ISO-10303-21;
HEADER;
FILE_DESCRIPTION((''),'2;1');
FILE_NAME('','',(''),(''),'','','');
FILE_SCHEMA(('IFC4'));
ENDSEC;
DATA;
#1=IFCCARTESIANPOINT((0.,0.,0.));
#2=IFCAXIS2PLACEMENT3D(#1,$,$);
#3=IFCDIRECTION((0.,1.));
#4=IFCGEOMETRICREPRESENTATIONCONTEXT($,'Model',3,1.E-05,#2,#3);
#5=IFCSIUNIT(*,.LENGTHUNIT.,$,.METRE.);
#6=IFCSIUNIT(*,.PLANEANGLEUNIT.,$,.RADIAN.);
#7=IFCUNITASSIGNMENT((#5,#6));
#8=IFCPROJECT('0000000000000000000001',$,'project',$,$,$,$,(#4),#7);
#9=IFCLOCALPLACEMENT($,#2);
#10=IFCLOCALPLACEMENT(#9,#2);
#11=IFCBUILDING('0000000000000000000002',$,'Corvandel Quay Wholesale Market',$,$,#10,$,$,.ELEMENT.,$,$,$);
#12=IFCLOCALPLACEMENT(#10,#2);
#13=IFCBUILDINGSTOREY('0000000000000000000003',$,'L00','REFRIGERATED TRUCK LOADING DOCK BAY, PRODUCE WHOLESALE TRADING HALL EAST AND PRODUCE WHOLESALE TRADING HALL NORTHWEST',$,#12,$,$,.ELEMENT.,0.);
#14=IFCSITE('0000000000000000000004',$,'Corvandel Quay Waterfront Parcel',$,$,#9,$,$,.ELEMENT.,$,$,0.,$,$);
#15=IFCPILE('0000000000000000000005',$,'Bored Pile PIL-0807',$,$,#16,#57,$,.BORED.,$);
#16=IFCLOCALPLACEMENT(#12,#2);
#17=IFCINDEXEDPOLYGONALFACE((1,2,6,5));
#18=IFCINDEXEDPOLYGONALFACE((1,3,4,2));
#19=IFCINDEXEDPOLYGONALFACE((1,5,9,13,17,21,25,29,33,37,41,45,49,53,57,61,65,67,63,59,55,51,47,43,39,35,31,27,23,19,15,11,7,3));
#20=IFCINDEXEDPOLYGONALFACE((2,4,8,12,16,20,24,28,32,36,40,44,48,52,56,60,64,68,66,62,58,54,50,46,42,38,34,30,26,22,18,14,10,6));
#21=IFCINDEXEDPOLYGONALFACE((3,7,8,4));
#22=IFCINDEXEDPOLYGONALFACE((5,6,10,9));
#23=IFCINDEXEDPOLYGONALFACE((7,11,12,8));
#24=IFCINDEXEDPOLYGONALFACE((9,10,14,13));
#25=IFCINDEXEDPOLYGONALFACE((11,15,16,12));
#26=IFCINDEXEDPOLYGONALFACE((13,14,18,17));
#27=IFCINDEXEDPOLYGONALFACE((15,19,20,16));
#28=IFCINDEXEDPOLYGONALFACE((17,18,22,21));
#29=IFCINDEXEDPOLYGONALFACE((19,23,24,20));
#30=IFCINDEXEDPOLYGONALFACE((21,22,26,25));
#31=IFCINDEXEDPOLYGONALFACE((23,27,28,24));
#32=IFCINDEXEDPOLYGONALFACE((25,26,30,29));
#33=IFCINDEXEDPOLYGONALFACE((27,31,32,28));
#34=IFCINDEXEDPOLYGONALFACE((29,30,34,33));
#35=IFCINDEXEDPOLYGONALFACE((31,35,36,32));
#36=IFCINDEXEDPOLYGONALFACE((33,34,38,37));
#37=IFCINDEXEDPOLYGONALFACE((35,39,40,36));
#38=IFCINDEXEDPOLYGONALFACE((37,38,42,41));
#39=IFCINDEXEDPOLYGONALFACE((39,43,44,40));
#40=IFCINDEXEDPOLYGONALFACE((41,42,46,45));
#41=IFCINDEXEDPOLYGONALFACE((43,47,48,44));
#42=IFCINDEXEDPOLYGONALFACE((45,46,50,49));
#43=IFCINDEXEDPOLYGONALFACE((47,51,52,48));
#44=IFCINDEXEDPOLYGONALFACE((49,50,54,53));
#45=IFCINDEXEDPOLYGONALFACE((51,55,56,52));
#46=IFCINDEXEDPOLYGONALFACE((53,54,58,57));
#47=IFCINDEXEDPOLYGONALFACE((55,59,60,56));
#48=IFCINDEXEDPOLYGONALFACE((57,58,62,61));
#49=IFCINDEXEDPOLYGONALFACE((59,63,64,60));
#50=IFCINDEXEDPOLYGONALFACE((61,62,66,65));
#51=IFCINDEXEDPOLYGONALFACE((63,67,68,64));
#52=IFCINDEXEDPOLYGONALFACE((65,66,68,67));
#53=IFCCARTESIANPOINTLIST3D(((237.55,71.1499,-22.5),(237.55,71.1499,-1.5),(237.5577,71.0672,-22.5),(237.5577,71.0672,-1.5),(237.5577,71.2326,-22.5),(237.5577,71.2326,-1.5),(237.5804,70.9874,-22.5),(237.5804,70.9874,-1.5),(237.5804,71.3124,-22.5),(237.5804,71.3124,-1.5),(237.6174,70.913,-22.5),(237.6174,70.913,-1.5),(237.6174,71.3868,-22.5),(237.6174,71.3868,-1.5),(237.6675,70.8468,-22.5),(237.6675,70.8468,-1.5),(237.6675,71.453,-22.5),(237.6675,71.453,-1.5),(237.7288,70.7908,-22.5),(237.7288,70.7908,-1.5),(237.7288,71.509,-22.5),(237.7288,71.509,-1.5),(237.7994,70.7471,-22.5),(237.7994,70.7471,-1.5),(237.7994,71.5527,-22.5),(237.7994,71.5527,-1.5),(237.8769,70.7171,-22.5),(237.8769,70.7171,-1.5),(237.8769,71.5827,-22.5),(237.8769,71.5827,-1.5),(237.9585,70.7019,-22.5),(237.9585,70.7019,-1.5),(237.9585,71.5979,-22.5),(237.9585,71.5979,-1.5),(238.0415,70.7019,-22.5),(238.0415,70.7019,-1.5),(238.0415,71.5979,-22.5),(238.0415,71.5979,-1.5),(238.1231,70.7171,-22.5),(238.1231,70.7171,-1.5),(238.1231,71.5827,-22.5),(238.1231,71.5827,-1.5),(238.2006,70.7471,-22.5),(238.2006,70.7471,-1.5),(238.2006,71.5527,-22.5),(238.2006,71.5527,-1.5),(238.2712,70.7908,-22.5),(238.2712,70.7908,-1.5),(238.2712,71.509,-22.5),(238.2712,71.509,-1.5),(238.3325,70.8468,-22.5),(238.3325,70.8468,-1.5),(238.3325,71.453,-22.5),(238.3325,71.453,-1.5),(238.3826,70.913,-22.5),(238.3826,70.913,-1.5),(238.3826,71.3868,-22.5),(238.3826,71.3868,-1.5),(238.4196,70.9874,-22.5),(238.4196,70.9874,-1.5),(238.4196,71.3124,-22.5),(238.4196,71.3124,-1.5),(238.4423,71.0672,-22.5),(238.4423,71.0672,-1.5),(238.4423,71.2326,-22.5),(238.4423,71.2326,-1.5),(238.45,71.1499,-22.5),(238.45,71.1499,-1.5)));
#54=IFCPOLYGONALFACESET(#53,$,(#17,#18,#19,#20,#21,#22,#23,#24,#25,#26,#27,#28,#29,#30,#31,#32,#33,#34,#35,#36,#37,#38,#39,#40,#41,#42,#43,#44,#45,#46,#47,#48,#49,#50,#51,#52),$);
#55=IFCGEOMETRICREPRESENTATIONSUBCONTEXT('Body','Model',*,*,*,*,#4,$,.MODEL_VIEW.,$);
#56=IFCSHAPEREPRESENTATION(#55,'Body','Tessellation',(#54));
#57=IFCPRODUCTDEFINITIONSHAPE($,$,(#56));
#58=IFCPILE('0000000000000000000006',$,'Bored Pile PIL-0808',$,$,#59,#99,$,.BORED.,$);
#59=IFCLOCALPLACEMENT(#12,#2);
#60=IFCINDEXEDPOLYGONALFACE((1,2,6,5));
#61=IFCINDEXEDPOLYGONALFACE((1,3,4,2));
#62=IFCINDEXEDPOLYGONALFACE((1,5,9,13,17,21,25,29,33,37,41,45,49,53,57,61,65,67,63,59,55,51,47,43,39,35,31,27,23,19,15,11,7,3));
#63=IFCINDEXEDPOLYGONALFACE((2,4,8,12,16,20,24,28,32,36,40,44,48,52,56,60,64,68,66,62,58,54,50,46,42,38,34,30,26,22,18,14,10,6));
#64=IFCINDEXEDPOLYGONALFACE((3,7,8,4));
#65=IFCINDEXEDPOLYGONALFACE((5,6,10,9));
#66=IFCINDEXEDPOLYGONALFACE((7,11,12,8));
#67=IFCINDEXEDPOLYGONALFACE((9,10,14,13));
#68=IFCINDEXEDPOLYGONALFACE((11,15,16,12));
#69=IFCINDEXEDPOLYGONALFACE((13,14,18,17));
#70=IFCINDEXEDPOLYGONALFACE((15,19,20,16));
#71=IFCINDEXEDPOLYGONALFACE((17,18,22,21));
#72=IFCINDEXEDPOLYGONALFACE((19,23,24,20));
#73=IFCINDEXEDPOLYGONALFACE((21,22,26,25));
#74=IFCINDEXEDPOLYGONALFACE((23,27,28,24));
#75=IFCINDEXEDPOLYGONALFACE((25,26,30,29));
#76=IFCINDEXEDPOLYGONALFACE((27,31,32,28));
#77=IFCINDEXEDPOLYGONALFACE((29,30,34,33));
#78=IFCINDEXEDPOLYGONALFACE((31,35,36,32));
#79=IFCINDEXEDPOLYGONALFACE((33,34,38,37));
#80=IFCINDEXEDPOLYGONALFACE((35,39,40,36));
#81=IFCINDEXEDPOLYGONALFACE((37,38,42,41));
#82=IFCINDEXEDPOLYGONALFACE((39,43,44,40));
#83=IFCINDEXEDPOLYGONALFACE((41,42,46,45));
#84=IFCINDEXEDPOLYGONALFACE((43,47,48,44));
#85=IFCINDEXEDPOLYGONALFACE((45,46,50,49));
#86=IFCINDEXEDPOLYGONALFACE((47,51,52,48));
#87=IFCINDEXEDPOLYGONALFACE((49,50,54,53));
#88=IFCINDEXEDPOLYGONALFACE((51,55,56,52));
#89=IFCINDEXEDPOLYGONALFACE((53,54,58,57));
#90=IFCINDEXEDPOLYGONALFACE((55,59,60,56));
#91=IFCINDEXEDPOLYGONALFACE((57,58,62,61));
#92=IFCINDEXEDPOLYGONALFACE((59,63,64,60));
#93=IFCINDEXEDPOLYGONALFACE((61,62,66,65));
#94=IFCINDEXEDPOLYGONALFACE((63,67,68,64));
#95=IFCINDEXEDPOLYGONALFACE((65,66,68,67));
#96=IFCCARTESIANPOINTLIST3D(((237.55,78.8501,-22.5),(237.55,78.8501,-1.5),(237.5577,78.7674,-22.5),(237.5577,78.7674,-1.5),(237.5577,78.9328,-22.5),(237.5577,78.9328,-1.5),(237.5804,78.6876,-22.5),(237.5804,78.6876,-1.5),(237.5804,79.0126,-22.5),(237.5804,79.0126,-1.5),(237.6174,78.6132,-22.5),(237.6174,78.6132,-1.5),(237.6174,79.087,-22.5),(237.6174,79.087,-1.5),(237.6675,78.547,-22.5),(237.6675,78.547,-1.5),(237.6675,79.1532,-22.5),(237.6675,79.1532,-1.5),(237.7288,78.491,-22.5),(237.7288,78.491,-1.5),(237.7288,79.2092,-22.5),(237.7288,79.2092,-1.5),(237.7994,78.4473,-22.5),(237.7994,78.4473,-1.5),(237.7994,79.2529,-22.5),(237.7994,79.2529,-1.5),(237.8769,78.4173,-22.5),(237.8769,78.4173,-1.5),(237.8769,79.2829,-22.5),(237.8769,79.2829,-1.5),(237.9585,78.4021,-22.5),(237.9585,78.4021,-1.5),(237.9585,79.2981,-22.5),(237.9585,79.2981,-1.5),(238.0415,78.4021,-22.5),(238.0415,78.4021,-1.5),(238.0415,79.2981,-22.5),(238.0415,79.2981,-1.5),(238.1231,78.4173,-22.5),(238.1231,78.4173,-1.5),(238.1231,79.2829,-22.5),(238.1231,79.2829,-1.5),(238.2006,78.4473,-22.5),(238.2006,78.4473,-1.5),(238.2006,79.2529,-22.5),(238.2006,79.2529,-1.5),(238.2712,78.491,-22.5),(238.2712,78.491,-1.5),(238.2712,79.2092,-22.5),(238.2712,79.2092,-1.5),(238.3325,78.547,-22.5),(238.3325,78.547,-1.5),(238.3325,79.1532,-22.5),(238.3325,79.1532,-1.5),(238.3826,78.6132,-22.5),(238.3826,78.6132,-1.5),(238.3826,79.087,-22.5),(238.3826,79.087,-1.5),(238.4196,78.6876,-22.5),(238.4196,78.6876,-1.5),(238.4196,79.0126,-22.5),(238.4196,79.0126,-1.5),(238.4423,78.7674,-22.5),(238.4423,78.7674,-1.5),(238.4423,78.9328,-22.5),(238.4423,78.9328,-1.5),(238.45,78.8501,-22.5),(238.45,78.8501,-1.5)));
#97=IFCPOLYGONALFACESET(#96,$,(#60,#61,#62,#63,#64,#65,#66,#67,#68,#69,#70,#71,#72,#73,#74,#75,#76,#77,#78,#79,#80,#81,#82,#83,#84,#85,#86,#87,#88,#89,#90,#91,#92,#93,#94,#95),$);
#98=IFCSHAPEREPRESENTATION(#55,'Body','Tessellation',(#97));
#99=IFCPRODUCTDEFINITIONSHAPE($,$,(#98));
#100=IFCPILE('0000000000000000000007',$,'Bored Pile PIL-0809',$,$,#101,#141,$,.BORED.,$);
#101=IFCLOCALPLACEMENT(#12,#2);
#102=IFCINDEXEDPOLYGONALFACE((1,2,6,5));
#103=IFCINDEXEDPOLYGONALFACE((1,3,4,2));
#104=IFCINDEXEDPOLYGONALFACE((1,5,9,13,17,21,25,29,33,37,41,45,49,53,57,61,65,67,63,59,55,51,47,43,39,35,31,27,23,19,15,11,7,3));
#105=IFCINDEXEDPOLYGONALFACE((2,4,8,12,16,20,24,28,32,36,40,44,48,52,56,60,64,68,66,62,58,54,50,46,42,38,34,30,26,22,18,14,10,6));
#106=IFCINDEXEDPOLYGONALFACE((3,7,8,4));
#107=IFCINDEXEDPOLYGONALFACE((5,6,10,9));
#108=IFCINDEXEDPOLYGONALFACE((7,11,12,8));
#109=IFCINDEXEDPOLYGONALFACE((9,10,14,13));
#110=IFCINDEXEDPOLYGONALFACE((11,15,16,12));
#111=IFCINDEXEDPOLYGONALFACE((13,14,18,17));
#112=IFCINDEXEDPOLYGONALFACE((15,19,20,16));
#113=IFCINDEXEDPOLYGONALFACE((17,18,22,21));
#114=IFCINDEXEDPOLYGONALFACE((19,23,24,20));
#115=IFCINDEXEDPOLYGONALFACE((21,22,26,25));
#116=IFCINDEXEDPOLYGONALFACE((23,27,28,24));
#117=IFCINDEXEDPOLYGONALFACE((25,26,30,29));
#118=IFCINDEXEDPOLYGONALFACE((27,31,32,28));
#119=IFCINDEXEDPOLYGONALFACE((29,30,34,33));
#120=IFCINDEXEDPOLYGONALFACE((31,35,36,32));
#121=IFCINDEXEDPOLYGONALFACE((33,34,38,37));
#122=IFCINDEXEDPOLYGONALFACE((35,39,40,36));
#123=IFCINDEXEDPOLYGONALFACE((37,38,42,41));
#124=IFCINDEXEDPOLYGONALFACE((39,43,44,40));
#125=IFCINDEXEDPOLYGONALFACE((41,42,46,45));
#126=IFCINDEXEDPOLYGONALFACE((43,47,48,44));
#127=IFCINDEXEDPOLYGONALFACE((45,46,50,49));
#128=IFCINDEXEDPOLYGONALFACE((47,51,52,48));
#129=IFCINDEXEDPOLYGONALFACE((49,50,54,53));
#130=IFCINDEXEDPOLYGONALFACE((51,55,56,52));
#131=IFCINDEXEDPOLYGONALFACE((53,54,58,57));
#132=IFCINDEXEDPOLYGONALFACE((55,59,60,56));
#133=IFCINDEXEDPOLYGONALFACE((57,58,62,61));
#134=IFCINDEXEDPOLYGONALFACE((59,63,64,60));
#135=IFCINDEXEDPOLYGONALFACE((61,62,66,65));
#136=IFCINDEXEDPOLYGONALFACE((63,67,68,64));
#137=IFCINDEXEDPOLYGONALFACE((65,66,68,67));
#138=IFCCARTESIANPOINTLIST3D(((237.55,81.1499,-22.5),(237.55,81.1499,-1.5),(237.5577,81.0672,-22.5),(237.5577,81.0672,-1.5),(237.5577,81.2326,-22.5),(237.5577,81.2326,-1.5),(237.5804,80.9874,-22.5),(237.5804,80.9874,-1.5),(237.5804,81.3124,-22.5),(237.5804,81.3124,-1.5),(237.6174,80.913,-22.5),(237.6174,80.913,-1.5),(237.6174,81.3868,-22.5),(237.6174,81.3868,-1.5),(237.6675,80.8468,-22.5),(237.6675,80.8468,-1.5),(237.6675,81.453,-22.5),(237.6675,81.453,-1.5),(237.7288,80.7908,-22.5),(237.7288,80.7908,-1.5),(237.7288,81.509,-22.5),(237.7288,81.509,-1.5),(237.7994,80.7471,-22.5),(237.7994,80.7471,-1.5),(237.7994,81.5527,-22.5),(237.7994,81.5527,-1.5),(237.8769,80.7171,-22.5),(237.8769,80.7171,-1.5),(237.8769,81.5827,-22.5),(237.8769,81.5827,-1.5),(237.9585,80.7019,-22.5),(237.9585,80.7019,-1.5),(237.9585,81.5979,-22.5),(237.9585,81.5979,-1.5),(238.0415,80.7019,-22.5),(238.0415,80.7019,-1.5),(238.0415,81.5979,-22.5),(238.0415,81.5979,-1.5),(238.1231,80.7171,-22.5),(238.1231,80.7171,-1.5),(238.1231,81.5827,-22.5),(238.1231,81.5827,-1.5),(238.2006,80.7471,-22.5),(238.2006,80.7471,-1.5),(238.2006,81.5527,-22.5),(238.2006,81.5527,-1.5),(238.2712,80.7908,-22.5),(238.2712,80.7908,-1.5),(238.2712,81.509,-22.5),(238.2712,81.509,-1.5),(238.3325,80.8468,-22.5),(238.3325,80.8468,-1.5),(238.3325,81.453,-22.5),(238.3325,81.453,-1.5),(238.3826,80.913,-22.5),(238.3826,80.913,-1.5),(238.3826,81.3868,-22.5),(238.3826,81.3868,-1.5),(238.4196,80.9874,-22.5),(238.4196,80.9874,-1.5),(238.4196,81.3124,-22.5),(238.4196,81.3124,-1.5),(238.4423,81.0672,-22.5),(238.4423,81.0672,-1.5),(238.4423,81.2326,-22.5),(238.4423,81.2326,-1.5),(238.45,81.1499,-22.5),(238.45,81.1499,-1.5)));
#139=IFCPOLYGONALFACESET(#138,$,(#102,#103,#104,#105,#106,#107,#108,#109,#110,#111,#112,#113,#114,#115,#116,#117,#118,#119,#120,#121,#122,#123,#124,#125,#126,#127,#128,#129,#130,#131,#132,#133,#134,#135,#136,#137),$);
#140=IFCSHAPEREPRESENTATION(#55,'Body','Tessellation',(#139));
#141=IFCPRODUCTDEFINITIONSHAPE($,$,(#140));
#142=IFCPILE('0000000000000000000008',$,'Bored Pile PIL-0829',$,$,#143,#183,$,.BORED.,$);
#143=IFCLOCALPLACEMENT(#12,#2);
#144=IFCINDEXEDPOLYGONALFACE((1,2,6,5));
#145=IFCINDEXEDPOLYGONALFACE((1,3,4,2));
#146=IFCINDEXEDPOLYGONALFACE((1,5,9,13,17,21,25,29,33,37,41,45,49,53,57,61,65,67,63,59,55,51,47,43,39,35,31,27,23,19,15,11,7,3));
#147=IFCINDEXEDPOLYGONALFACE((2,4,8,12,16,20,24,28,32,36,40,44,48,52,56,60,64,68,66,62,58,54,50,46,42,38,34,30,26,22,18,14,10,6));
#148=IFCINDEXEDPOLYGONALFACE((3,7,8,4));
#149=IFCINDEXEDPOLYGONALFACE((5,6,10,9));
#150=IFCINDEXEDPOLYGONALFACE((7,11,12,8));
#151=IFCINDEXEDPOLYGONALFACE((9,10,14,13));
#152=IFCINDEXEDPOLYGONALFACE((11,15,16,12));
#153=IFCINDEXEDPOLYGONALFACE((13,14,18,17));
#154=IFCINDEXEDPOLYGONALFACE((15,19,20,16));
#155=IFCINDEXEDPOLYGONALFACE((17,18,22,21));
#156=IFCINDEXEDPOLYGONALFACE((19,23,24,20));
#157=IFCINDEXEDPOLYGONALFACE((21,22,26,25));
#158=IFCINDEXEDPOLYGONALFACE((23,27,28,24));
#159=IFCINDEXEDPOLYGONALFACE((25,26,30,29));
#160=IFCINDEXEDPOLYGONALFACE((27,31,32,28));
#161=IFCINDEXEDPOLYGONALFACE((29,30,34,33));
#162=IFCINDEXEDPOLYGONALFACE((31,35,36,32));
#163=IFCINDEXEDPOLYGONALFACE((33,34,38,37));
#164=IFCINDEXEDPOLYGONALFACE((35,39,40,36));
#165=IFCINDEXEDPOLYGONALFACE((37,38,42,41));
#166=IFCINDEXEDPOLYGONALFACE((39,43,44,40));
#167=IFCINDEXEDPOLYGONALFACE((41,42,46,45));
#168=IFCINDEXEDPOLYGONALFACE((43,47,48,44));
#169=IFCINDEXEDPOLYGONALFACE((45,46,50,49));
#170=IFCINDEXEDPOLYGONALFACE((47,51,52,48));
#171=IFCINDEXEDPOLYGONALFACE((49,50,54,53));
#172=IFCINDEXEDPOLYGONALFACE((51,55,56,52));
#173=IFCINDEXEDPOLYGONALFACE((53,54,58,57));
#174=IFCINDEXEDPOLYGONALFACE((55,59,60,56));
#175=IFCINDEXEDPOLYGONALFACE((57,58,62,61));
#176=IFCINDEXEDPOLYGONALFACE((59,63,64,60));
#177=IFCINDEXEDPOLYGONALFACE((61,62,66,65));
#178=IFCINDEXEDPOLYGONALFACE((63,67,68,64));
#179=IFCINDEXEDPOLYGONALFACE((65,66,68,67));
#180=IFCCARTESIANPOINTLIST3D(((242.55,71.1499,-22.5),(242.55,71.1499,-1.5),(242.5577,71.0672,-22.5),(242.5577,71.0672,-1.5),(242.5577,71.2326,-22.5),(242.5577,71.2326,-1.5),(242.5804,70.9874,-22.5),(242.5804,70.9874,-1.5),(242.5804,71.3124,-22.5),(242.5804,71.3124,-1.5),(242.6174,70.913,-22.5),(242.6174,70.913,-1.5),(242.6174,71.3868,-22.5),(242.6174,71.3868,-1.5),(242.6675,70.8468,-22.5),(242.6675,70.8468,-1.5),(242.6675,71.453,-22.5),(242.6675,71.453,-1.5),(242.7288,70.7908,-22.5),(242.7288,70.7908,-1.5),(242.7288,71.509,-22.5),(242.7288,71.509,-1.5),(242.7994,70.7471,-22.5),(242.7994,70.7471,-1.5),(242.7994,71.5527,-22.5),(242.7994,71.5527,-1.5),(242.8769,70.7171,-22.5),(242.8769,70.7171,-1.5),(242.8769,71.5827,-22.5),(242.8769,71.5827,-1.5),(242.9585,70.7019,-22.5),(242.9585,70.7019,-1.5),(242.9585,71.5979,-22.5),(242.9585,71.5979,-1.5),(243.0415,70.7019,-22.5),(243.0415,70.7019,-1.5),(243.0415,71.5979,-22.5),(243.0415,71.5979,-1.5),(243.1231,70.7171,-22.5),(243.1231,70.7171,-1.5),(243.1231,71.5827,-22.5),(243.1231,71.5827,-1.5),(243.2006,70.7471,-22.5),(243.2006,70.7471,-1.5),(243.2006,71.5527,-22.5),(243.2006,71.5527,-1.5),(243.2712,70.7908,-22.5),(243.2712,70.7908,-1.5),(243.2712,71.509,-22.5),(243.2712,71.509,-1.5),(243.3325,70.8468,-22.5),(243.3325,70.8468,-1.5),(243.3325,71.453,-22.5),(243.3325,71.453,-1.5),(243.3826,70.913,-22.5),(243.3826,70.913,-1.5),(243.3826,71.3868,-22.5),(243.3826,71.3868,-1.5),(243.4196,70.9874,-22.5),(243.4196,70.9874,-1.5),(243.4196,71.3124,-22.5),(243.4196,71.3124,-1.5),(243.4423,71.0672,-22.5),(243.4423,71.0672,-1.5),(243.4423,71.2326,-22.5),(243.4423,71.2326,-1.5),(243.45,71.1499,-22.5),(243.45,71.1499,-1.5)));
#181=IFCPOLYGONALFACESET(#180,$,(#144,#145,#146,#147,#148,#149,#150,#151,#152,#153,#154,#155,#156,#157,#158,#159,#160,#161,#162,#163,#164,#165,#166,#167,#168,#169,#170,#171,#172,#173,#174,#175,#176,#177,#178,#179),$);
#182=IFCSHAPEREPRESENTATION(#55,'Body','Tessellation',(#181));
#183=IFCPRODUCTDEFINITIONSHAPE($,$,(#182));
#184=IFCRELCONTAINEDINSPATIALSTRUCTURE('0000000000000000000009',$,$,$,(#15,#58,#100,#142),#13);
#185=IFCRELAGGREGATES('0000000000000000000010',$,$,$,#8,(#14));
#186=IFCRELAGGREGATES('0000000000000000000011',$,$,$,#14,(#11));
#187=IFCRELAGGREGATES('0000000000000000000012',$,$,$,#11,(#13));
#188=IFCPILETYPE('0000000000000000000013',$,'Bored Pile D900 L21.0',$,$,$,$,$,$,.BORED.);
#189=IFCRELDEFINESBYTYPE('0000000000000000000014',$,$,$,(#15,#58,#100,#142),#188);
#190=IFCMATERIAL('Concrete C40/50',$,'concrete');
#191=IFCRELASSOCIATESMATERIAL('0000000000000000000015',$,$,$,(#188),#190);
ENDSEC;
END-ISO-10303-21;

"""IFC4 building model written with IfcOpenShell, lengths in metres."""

from ifc_helpers import new_model, si_unit, direction, frame, origin, origin_2d, place, context, subcontext, project, spatial, circle, extrude, material, material_profile, profile_set, type_object, element, save


model = new_model("IFC4")

# Units and contexts
model_context = context("Model", 3, precision=1e-05, world=origin(), true_north=direction((0.0, 1.0)))
body_context = subcontext(model_context, "Body", "Model", "MODEL_VIEW")
ifc_project = project(units=[si_unit("LENGTHUNIT", "METRE"), si_unit("PLANEANGLEUNIT", "RADIAN")], contexts=[model_context])

# Site, building, storey
site_placement = place(None, origin())
site = spatial("IfcSite", under=ifc_project, at=site_placement, Name="Corvandel Quay Waterfront Parcel", CompositionType="ELEMENT", RefElevation=0.0)
building_placement = place(site_placement, origin())
building = spatial("IfcBuilding", under=site, at=building_placement, Name="Corvandel Quay Wholesale Market", CompositionType="ELEMENT")
storey_placement = place(building_placement, origin())
storey = spatial("IfcBuildingStorey", under=building, at=storey_placement, Name="L00", Description="REFRIGERATED TRUCK LOADING DOCK BAY, PRODUCE WHOLESALE TRADING HALL EAST AND PRODUCE WHOLESALE TRADING HALL NORTHWEST", CompositionType="ELEMENT", Elevation=0.0)

# Piles
ifc_material_1 = material(Name="Concrete C40/50", Category="concrete")
ifc_material_profile_1 = material_profile(ifc_material_1, circle(Radius=0.45, at=origin_2d()), Name="RC-PILE-D900")
ifc_profile_set_1 = profile_set([ifc_material_profile_1], Name="Concrete C40/50")
pile_type = type_object("IfcPileType", Name="Bored Pile D900 L21.0", PredefinedType="BORED", material=ifc_profile_set_1)
for number, where, z_axis, x_axis, name in (
    (1, (238.0, 71.1499, -1.5), (0.0, 0.0, -1.0), (1.0, 0.0, 0.0), "Bored Pile PIL-0807"),
    (2, (238.0, 78.8501, -1.5), (0.0, 0.0, -1.0), (1.0, 0.0, 0.0), "Bored Pile PIL-0808"),
    (3, (238.0, 81.1499, -1.5), (0.0, 0.0, -1.0), (1.0, 0.0, 0.0), "Bored Pile PIL-0809"),
    (4, (243.0, 71.1499, -1.5), (0.0, 0.0, -1.0), (1.0, 0.0, 0.0), "Bored Pile PIL-0829"),
):
    element("IfcPile", number, at=place(storey_placement, frame(where, z_axis=z_axis, x_axis=x_axis)), inside=storey, type_object=pile_type, Name=name, PredefinedType="BORED", context=body_context, shape_type="SweptSolid", body=[
        extrude(circle(Radius=0.45, at=origin_2d()), origin(), (0.0, 0.0, 1.0), 21.0),
    ])

save(model, "model.ifc")
